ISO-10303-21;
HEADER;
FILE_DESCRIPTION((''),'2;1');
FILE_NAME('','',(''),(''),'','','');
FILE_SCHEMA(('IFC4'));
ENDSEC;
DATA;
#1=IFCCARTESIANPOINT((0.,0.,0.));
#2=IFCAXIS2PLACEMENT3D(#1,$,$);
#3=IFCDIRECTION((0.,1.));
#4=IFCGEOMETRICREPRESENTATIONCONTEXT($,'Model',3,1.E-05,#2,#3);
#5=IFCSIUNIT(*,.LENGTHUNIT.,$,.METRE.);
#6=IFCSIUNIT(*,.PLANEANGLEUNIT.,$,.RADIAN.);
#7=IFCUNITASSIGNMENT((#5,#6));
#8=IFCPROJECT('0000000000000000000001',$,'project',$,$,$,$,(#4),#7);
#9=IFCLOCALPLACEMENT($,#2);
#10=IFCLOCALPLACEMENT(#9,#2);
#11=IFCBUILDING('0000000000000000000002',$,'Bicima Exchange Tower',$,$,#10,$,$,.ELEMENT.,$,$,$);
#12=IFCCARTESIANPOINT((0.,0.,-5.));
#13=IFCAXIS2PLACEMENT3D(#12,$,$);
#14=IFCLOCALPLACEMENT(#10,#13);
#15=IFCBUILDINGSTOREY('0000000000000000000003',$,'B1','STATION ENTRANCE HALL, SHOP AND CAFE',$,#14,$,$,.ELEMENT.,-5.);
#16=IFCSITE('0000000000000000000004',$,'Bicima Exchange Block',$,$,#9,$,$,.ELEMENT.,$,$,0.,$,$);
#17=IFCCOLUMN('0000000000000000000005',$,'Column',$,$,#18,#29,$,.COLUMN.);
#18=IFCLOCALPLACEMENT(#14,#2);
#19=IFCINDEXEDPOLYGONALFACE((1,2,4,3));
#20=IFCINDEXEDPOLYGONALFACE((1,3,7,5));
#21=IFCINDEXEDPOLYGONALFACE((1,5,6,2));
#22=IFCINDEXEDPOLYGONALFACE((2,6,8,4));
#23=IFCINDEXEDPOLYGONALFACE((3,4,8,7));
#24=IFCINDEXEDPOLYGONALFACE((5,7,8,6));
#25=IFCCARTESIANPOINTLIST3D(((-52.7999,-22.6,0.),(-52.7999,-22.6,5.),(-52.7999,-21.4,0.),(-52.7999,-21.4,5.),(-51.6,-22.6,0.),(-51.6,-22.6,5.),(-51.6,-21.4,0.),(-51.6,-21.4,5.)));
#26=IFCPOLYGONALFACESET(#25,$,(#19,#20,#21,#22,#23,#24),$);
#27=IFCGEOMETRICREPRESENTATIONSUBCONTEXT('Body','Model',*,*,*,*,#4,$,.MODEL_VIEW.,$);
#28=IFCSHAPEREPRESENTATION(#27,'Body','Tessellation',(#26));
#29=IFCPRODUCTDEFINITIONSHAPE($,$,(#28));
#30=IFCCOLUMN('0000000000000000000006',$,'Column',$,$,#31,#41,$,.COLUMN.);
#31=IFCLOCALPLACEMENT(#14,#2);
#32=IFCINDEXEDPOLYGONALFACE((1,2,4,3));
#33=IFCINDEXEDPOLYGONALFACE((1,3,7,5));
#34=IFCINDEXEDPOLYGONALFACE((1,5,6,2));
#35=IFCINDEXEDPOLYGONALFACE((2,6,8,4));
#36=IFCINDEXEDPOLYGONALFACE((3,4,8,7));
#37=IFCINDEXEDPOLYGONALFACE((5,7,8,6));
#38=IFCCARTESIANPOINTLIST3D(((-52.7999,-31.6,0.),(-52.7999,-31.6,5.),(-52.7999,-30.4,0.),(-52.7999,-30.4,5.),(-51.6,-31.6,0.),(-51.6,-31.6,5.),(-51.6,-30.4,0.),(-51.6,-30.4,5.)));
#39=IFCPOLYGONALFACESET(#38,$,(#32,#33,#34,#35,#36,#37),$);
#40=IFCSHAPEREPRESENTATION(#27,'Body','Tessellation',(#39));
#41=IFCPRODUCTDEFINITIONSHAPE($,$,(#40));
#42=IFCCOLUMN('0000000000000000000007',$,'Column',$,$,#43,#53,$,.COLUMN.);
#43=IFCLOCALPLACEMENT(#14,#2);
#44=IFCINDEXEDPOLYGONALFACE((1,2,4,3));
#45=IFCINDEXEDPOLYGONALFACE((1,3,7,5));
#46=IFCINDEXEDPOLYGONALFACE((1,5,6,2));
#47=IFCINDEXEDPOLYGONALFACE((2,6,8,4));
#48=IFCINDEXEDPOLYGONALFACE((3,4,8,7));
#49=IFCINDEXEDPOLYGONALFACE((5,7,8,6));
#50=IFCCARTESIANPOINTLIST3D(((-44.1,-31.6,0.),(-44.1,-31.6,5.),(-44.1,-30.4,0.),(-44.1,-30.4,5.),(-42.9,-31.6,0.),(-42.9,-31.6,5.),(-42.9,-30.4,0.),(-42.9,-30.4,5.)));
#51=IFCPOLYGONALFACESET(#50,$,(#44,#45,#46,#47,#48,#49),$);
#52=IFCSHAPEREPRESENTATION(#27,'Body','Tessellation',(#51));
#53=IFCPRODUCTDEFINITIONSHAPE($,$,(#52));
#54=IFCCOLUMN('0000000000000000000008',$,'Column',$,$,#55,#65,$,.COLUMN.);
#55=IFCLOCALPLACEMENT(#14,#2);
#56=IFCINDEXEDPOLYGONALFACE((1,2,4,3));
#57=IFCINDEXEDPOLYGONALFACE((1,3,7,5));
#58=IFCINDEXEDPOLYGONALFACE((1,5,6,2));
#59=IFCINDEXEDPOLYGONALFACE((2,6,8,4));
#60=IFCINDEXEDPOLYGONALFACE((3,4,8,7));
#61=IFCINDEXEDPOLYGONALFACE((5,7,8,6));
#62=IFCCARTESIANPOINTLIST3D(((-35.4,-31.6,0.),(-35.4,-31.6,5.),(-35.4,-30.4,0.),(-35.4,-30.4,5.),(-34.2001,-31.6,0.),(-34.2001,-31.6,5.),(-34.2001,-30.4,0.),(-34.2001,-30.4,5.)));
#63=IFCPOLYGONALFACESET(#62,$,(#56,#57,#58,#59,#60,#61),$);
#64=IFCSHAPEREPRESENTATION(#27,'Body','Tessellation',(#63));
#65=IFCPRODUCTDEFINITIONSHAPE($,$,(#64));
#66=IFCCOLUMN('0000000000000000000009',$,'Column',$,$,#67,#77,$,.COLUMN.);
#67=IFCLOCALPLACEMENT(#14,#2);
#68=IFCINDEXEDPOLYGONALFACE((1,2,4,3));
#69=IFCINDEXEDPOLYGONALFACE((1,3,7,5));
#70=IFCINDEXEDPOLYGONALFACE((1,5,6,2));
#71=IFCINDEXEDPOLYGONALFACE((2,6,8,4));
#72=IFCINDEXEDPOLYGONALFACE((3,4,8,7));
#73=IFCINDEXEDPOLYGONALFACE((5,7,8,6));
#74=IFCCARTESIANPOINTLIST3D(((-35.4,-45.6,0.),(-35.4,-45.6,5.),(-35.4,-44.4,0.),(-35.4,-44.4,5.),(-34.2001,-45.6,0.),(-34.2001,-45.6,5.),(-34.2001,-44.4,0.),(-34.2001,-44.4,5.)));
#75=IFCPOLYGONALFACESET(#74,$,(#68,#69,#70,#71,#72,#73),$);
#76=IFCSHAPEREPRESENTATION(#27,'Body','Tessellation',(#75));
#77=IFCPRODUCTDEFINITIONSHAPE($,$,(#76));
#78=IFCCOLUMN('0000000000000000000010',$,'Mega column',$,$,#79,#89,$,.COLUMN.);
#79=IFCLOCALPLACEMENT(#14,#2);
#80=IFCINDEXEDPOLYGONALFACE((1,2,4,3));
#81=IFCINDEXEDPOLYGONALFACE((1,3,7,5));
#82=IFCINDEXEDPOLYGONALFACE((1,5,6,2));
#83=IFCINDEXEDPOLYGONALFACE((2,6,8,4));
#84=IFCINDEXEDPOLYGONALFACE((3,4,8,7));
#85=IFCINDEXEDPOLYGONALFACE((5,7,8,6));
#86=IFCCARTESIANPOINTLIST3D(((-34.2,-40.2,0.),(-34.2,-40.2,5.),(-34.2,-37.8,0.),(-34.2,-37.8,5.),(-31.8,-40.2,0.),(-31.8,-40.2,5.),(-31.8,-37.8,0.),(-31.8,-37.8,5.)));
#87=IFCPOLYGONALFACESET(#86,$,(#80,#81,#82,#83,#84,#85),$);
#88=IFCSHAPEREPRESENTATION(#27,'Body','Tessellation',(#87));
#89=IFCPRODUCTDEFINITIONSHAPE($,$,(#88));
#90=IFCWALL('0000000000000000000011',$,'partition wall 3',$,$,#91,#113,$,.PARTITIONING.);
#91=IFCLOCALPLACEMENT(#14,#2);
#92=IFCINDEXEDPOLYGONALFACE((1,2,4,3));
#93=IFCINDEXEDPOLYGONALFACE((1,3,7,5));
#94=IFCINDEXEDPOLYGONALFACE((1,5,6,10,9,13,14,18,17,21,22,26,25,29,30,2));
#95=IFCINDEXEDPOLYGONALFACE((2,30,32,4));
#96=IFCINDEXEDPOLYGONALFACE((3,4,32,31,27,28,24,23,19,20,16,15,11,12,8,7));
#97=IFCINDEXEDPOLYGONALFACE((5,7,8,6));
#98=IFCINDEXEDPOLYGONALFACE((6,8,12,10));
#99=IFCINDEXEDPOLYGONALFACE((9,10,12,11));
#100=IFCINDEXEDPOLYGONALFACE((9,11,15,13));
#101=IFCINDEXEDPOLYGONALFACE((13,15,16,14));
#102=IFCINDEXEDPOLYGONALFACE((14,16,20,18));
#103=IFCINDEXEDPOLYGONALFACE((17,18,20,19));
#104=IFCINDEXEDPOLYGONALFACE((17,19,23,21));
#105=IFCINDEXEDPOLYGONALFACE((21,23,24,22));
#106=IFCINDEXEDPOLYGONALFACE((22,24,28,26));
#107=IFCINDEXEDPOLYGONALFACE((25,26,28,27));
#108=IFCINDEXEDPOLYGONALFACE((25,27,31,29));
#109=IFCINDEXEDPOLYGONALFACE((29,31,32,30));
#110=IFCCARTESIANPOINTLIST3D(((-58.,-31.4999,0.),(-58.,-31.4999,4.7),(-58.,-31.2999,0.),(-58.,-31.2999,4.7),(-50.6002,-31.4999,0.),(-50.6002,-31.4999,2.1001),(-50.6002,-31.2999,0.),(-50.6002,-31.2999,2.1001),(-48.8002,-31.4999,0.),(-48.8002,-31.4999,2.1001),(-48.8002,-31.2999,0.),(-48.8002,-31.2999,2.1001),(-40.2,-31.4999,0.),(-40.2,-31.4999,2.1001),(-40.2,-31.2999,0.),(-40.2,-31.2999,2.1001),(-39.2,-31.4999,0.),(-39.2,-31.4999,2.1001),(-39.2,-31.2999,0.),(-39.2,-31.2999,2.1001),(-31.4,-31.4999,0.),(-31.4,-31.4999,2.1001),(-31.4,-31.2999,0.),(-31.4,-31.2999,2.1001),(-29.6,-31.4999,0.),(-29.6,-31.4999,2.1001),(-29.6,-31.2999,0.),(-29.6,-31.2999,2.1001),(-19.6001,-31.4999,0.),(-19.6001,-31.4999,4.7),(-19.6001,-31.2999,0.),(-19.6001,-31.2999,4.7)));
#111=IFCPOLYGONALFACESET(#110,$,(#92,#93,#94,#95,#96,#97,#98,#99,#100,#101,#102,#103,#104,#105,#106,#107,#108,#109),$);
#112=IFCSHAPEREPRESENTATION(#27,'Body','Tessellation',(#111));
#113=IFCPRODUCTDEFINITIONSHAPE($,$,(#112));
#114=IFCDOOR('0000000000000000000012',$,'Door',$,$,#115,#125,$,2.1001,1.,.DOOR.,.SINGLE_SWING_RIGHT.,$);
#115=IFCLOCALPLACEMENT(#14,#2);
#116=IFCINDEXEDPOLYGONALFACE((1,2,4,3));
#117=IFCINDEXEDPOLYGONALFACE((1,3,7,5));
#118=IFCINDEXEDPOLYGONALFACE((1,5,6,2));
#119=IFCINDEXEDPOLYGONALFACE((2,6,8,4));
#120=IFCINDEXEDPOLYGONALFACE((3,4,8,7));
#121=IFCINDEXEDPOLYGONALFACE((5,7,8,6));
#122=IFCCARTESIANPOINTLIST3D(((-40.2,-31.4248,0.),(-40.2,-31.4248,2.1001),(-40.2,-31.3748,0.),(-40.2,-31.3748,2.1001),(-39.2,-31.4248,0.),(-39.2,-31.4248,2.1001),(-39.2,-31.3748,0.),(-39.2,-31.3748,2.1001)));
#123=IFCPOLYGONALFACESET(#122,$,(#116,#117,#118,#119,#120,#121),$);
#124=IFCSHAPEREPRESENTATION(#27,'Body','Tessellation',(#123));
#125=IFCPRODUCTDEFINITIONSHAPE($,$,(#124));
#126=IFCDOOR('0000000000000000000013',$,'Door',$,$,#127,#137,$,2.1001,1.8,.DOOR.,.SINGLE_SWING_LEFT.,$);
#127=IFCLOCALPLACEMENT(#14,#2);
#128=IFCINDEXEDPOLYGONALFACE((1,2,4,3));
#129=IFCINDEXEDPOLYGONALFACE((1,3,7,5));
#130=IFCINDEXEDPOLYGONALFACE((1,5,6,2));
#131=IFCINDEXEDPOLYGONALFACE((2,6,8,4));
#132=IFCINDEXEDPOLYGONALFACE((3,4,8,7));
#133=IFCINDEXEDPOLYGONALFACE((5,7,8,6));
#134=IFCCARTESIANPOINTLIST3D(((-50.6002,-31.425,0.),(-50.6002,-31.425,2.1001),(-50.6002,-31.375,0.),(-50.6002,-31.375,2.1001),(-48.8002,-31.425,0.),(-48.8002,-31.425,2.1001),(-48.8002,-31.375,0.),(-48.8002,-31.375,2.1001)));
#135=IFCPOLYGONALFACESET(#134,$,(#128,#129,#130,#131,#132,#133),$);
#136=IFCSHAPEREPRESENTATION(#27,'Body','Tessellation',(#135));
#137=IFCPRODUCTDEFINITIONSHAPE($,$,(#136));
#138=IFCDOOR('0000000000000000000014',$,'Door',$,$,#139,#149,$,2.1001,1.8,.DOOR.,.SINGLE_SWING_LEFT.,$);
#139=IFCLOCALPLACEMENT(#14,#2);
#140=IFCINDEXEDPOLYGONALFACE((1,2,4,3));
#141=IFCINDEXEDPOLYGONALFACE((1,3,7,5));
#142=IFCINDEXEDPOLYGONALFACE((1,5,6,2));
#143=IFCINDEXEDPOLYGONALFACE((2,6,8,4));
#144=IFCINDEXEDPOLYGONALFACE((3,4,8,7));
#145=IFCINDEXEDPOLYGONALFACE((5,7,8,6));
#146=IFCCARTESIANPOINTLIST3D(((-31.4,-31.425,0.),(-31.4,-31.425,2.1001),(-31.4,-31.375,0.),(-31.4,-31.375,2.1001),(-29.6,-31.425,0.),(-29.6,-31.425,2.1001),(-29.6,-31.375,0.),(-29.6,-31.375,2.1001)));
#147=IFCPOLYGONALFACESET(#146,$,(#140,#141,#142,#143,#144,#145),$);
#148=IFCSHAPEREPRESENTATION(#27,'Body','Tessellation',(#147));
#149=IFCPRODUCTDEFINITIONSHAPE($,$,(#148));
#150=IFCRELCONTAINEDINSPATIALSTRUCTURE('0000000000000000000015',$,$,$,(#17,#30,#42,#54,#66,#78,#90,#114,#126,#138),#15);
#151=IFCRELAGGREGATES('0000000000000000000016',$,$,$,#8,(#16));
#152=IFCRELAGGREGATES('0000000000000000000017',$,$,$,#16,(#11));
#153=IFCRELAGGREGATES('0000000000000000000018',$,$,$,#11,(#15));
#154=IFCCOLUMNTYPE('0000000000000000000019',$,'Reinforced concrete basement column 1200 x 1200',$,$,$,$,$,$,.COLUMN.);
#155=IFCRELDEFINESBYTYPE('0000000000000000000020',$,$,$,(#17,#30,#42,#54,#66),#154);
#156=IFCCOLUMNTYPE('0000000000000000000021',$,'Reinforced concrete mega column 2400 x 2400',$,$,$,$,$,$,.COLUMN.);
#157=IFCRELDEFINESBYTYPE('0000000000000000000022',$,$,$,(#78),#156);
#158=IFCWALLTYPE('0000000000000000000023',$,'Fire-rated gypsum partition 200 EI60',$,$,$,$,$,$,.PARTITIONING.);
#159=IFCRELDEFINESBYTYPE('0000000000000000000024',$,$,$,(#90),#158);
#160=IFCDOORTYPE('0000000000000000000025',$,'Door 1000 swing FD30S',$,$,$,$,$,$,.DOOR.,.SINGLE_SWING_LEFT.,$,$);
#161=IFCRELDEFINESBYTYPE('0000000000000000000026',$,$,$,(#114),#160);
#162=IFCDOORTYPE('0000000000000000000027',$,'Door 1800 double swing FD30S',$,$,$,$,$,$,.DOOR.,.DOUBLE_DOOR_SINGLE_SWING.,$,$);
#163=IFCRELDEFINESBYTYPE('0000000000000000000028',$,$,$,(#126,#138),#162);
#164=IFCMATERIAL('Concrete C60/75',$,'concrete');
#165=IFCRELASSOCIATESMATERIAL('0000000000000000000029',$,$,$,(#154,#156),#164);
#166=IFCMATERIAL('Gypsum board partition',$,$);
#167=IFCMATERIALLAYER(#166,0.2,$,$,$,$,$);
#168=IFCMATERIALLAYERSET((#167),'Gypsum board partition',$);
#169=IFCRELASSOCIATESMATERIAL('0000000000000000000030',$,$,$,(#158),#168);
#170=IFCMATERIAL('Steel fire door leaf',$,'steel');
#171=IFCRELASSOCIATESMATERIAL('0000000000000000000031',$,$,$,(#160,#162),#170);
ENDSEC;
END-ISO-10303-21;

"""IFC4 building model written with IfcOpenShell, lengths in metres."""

from ifc_helpers import new_model, si_unit, direction, frame, frame_2d, origin, origin_2d, place, context, subcontext, project, spatial, rectangle, extrude, material, layer, layer_set, material_profile, profile_set, type_object, element, fill, save


model = new_model("IFC4")

# Units and contexts
model_context = context("Model", 3, precision=1e-05, world=origin(), true_north=direction((0.0, 1.0)))
body_context = subcontext(model_context, "Body", "Model", "MODEL_VIEW")
ifc_project = project(units=[si_unit("LENGTHUNIT", "METRE"), si_unit("PLANEANGLEUNIT", "RADIAN")], contexts=[model_context])

# Site, building, storey
site_placement = place(None, origin())
site = spatial("IfcSite", under=ifc_project, at=site_placement, Name="Bicima Exchange Block", CompositionType="ELEMENT", RefElevation=0.0)
building_placement = place(site_placement, origin())
building = spatial("IfcBuilding", under=site, at=building_placement, Name="Bicima Exchange Tower", CompositionType="ELEMENT")
storey_placement = place(building_placement, frame((0.0, 0.0, -5.0)))
storey = spatial("IfcBuildingStorey", under=building, at=storey_placement, Name="B1", Description="STATION ENTRANCE HALL, SHOP AND CAFE", CompositionType="ELEMENT", Elevation=-5.0)

# Columns
ifc_material_1 = material(Name="Concrete C60/75", Category="concrete")
ifc_material_profile_1 = material_profile(ifc_material_1, rectangle(XDim=1.2, YDim=1.2, at=origin_2d()))
ifc_profile_set_1 = profile_set([ifc_material_profile_1], Name="Concrete C60/75")
column_type_1 = type_object("IfcColumnType", Name="Reinforced concrete basement column 1200 x 1200", PredefinedType="COLUMN", material=ifc_profile_set_1)
for number, where, z_axis, x_axis, name in (
    (1, (-52.2, -22.0, 0.0), (0.0, 0.0, 1.0), (1.0, 0.0, 0.0), "Column"),
    (2, (-52.2, -31.0, 0.0), (0.0, 0.0, 1.0), (1.0, 0.0, 0.0), "Column"),
    (3, (-43.5, -31.0, 0.0), (0.0, 0.0, 1.0), (1.0, 0.0, 0.0), "Column"),
    (4, (-34.8, -31.0, 0.0), (0.0, 0.0, 1.0), (1.0, 0.0, 0.0), "Column"),
    (5, (-34.8, -45.0, 0.0), (0.0, 0.0, 1.0), (1.0, 0.0, 0.0), "Column"),
):
    element("IfcColumn", number, at=place(storey_placement, frame(where, z_axis=z_axis, x_axis=x_axis)), inside=storey, type_object=column_type_1, Name=name, PredefinedType="COLUMN", context=body_context, shape_type="SweptSolid", body=[
        extrude(rectangle(XDim=1.2, YDim=1.2, at=origin_2d()), origin(), (0.0, 0.0, 1.0), 5.0),
    ])
ifc_material_profile_2 = material_profile(ifc_material_1, rectangle(XDim=2.3999, YDim=2.3999, at=origin_2d()))
ifc_profile_set_2 = profile_set([ifc_material_profile_2], Name="Concrete C60/75")
column_type_2 = type_object("IfcColumnType", Name="Reinforced concrete mega column 2400 x 2400", PredefinedType="COLUMN", material=ifc_profile_set_2)
column_placement = place(storey_placement, frame((-33.0, -39.0, 0.0), z_axis=(0.0, 0.0, 1.0), x_axis=(1.0, 0.0, 0.0)))
element("IfcColumn", 6, at=column_placement, inside=storey, type_object=column_type_2, Name="Mega column", PredefinedType="COLUMN", context=body_context, shape_type="SweptSolid", body=[
    extrude(rectangle(XDim=2.3999, YDim=2.3999, at=origin_2d()), origin(), (0.0, 0.0, 1.0), 5.0),
])

# Wall, openings, doors
ifc_material_2 = material(Name="Gypsum board partition")
ifc_layer_1 = layer(ifc_material_2, 0.2)
ifc_layer_set_1 = layer_set([ifc_layer_1], Name="Gypsum board partition")
wall_type_1 = type_object("IfcWallType", Name="Fire-rated gypsum partition 200 EI60", PredefinedType="PARTITIONING", material=ifc_layer_set_1)
wall_1_placement = place(storey_placement, frame((-58.0, -31.3999, 0.0), z_axis=(0.0, 0.0, 1.0), x_axis=(1.0, 0.0, 0.0)))
wall_1 = element("IfcWall", 7, at=wall_1_placement, inside=storey, type_object=wall_type_1, Name="partition wall 3", PredefinedType="PARTITIONING", context=body_context, shape_type="SweptSolid", body=[
    extrude(rectangle(XDim=38.3999, YDim=0.2, at=frame_2d((19.2, 0.0))), origin(), (0.0, 0.0, 1.0), 4.7),
])
opening_1_placement = place(wall_1_placement, frame((7.3999, 0.0, 0.0)))
opening_1 = element("IfcOpeningElement", 8, at=opening_1_placement, cuts=wall_1, PredefinedType="OPENING", context=body_context, shape_type="SweptSolid", body=[
    extrude(rectangle(XDim=1.8, YDim=2.1001, at=frame_2d((0.8999, 1.05))), frame((0.0, 0.1118, 0.0), z_axis=(0.0, -1.0, 0.0), x_axis=(1.0, 0.0, 0.0)), (0.0, 0.0, 1.0), 0.2239),
])
opening_2_placement = place(wall_1_placement, frame((17.8, 0.0, 0.0)))
opening_2 = element("IfcOpeningElement", 9, at=opening_2_placement, cuts=wall_1, PredefinedType="OPENING", context=body_context, shape_type="SweptSolid", body=[
    extrude(rectangle(XDim=1.0, YDim=2.1001, at=frame_2d((0.5, 1.05))), frame((0.0, 0.1118, 0.0), z_axis=(0.0, -1.0, 0.0), x_axis=(1.0, 0.0, 0.0)), (0.0, 0.0, 1.0), 0.2239),
])
opening_3_placement = place(wall_1_placement, frame((26.6001, 0.0, 0.0)))
opening_3 = element("IfcOpeningElement", 10, at=opening_3_placement, cuts=wall_1, PredefinedType="OPENING", context=body_context, shape_type="SweptSolid", body=[
    extrude(rectangle(XDim=1.8, YDim=2.1001, at=frame_2d((0.8999, 1.05))), frame((0.0, 0.1118, 0.0), z_axis=(0.0, -1.0, 0.0), x_axis=(1.0, 0.0, 0.0)), (0.0, 0.0, 1.0), 0.2239),
])
ifc_material_3 = material(Name="Steel fire door leaf", Category="steel")
door_type_1 = type_object("IfcDoorType", Name="Door 1000 swing FD30S", OperationType="SINGLE_SWING_LEFT", PredefinedType="DOOR", material=ifc_material_3)
door_1_placement = place(opening_2_placement, frame((1.0, 0.0, 0.0), z_axis=(0.0, 0.0, 1.0), x_axis=(-1.0, 0.0, 0.0)))
door_1 = element("IfcDoor", 11, at=door_1_placement, inside=storey, type_object=door_type_1, Name="Door", OperationType="SINGLE_SWING_RIGHT", OverallHeight=2.1001, OverallWidth=1.0, PredefinedType="DOOR", context=body_context, shape_type="SweptSolid", body=[
    extrude(rectangle(XDim=1.0, YDim=2.1001, at=frame_2d((0.5, 1.05))), frame((0.0, 0.0249, 0.0), z_axis=(0.0, -1.0, 0.0), x_axis=(1.0, 0.0, 0.0)), (0.0, 0.0, 1.0), 0.05),
])
fill(opening_2, door_1)
door_type_2 = type_object("IfcDoorType", Name="Door 1800 double swing FD30S", OperationType="DOUBLE_DOOR_SINGLE_SWING", PredefinedType="DOOR", material=ifc_material_3)
door_2_placement = place(opening_1_placement, origin())
door_2 = element("IfcDoor", 12, at=door_2_placement, inside=storey, type_object=door_type_2, Name="Door", OperationType="SINGLE_SWING_LEFT", OverallHeight=2.1001, OverallWidth=1.8, PredefinedType="DOOR", context=body_context, shape_type="SweptSolid", body=[
    extrude(rectangle(XDim=1.8, YDim=2.1001, at=frame_2d((0.8999, 1.05))), frame((0.0, 0.0249, 0.0), z_axis=(0.0, -1.0, 0.0), x_axis=(1.0, 0.0, 0.0)), (0.0, 0.0, 1.0), 0.05),
])
fill(opening_1, door_2)
door_3_placement = place(opening_3_placement, origin())
door_3 = element("IfcDoor", 13, at=door_3_placement, inside=storey, type_object=door_type_2, Name="Door", OperationType="SINGLE_SWING_LEFT", OverallHeight=2.1001, OverallWidth=1.8, PredefinedType="DOOR", context=body_context, shape_type="SweptSolid", body=[
    extrude(rectangle(XDim=1.8, YDim=2.1001, at=frame_2d((0.8999, 1.05))), frame((0.0, 0.0249, 0.0), z_axis=(0.0, -1.0, 0.0), x_axis=(1.0, 0.0, 0.0)), (0.0, 0.0, 1.0), 0.05),
])
fill(opening_3, door_3)

save(model, "model.ifc")
